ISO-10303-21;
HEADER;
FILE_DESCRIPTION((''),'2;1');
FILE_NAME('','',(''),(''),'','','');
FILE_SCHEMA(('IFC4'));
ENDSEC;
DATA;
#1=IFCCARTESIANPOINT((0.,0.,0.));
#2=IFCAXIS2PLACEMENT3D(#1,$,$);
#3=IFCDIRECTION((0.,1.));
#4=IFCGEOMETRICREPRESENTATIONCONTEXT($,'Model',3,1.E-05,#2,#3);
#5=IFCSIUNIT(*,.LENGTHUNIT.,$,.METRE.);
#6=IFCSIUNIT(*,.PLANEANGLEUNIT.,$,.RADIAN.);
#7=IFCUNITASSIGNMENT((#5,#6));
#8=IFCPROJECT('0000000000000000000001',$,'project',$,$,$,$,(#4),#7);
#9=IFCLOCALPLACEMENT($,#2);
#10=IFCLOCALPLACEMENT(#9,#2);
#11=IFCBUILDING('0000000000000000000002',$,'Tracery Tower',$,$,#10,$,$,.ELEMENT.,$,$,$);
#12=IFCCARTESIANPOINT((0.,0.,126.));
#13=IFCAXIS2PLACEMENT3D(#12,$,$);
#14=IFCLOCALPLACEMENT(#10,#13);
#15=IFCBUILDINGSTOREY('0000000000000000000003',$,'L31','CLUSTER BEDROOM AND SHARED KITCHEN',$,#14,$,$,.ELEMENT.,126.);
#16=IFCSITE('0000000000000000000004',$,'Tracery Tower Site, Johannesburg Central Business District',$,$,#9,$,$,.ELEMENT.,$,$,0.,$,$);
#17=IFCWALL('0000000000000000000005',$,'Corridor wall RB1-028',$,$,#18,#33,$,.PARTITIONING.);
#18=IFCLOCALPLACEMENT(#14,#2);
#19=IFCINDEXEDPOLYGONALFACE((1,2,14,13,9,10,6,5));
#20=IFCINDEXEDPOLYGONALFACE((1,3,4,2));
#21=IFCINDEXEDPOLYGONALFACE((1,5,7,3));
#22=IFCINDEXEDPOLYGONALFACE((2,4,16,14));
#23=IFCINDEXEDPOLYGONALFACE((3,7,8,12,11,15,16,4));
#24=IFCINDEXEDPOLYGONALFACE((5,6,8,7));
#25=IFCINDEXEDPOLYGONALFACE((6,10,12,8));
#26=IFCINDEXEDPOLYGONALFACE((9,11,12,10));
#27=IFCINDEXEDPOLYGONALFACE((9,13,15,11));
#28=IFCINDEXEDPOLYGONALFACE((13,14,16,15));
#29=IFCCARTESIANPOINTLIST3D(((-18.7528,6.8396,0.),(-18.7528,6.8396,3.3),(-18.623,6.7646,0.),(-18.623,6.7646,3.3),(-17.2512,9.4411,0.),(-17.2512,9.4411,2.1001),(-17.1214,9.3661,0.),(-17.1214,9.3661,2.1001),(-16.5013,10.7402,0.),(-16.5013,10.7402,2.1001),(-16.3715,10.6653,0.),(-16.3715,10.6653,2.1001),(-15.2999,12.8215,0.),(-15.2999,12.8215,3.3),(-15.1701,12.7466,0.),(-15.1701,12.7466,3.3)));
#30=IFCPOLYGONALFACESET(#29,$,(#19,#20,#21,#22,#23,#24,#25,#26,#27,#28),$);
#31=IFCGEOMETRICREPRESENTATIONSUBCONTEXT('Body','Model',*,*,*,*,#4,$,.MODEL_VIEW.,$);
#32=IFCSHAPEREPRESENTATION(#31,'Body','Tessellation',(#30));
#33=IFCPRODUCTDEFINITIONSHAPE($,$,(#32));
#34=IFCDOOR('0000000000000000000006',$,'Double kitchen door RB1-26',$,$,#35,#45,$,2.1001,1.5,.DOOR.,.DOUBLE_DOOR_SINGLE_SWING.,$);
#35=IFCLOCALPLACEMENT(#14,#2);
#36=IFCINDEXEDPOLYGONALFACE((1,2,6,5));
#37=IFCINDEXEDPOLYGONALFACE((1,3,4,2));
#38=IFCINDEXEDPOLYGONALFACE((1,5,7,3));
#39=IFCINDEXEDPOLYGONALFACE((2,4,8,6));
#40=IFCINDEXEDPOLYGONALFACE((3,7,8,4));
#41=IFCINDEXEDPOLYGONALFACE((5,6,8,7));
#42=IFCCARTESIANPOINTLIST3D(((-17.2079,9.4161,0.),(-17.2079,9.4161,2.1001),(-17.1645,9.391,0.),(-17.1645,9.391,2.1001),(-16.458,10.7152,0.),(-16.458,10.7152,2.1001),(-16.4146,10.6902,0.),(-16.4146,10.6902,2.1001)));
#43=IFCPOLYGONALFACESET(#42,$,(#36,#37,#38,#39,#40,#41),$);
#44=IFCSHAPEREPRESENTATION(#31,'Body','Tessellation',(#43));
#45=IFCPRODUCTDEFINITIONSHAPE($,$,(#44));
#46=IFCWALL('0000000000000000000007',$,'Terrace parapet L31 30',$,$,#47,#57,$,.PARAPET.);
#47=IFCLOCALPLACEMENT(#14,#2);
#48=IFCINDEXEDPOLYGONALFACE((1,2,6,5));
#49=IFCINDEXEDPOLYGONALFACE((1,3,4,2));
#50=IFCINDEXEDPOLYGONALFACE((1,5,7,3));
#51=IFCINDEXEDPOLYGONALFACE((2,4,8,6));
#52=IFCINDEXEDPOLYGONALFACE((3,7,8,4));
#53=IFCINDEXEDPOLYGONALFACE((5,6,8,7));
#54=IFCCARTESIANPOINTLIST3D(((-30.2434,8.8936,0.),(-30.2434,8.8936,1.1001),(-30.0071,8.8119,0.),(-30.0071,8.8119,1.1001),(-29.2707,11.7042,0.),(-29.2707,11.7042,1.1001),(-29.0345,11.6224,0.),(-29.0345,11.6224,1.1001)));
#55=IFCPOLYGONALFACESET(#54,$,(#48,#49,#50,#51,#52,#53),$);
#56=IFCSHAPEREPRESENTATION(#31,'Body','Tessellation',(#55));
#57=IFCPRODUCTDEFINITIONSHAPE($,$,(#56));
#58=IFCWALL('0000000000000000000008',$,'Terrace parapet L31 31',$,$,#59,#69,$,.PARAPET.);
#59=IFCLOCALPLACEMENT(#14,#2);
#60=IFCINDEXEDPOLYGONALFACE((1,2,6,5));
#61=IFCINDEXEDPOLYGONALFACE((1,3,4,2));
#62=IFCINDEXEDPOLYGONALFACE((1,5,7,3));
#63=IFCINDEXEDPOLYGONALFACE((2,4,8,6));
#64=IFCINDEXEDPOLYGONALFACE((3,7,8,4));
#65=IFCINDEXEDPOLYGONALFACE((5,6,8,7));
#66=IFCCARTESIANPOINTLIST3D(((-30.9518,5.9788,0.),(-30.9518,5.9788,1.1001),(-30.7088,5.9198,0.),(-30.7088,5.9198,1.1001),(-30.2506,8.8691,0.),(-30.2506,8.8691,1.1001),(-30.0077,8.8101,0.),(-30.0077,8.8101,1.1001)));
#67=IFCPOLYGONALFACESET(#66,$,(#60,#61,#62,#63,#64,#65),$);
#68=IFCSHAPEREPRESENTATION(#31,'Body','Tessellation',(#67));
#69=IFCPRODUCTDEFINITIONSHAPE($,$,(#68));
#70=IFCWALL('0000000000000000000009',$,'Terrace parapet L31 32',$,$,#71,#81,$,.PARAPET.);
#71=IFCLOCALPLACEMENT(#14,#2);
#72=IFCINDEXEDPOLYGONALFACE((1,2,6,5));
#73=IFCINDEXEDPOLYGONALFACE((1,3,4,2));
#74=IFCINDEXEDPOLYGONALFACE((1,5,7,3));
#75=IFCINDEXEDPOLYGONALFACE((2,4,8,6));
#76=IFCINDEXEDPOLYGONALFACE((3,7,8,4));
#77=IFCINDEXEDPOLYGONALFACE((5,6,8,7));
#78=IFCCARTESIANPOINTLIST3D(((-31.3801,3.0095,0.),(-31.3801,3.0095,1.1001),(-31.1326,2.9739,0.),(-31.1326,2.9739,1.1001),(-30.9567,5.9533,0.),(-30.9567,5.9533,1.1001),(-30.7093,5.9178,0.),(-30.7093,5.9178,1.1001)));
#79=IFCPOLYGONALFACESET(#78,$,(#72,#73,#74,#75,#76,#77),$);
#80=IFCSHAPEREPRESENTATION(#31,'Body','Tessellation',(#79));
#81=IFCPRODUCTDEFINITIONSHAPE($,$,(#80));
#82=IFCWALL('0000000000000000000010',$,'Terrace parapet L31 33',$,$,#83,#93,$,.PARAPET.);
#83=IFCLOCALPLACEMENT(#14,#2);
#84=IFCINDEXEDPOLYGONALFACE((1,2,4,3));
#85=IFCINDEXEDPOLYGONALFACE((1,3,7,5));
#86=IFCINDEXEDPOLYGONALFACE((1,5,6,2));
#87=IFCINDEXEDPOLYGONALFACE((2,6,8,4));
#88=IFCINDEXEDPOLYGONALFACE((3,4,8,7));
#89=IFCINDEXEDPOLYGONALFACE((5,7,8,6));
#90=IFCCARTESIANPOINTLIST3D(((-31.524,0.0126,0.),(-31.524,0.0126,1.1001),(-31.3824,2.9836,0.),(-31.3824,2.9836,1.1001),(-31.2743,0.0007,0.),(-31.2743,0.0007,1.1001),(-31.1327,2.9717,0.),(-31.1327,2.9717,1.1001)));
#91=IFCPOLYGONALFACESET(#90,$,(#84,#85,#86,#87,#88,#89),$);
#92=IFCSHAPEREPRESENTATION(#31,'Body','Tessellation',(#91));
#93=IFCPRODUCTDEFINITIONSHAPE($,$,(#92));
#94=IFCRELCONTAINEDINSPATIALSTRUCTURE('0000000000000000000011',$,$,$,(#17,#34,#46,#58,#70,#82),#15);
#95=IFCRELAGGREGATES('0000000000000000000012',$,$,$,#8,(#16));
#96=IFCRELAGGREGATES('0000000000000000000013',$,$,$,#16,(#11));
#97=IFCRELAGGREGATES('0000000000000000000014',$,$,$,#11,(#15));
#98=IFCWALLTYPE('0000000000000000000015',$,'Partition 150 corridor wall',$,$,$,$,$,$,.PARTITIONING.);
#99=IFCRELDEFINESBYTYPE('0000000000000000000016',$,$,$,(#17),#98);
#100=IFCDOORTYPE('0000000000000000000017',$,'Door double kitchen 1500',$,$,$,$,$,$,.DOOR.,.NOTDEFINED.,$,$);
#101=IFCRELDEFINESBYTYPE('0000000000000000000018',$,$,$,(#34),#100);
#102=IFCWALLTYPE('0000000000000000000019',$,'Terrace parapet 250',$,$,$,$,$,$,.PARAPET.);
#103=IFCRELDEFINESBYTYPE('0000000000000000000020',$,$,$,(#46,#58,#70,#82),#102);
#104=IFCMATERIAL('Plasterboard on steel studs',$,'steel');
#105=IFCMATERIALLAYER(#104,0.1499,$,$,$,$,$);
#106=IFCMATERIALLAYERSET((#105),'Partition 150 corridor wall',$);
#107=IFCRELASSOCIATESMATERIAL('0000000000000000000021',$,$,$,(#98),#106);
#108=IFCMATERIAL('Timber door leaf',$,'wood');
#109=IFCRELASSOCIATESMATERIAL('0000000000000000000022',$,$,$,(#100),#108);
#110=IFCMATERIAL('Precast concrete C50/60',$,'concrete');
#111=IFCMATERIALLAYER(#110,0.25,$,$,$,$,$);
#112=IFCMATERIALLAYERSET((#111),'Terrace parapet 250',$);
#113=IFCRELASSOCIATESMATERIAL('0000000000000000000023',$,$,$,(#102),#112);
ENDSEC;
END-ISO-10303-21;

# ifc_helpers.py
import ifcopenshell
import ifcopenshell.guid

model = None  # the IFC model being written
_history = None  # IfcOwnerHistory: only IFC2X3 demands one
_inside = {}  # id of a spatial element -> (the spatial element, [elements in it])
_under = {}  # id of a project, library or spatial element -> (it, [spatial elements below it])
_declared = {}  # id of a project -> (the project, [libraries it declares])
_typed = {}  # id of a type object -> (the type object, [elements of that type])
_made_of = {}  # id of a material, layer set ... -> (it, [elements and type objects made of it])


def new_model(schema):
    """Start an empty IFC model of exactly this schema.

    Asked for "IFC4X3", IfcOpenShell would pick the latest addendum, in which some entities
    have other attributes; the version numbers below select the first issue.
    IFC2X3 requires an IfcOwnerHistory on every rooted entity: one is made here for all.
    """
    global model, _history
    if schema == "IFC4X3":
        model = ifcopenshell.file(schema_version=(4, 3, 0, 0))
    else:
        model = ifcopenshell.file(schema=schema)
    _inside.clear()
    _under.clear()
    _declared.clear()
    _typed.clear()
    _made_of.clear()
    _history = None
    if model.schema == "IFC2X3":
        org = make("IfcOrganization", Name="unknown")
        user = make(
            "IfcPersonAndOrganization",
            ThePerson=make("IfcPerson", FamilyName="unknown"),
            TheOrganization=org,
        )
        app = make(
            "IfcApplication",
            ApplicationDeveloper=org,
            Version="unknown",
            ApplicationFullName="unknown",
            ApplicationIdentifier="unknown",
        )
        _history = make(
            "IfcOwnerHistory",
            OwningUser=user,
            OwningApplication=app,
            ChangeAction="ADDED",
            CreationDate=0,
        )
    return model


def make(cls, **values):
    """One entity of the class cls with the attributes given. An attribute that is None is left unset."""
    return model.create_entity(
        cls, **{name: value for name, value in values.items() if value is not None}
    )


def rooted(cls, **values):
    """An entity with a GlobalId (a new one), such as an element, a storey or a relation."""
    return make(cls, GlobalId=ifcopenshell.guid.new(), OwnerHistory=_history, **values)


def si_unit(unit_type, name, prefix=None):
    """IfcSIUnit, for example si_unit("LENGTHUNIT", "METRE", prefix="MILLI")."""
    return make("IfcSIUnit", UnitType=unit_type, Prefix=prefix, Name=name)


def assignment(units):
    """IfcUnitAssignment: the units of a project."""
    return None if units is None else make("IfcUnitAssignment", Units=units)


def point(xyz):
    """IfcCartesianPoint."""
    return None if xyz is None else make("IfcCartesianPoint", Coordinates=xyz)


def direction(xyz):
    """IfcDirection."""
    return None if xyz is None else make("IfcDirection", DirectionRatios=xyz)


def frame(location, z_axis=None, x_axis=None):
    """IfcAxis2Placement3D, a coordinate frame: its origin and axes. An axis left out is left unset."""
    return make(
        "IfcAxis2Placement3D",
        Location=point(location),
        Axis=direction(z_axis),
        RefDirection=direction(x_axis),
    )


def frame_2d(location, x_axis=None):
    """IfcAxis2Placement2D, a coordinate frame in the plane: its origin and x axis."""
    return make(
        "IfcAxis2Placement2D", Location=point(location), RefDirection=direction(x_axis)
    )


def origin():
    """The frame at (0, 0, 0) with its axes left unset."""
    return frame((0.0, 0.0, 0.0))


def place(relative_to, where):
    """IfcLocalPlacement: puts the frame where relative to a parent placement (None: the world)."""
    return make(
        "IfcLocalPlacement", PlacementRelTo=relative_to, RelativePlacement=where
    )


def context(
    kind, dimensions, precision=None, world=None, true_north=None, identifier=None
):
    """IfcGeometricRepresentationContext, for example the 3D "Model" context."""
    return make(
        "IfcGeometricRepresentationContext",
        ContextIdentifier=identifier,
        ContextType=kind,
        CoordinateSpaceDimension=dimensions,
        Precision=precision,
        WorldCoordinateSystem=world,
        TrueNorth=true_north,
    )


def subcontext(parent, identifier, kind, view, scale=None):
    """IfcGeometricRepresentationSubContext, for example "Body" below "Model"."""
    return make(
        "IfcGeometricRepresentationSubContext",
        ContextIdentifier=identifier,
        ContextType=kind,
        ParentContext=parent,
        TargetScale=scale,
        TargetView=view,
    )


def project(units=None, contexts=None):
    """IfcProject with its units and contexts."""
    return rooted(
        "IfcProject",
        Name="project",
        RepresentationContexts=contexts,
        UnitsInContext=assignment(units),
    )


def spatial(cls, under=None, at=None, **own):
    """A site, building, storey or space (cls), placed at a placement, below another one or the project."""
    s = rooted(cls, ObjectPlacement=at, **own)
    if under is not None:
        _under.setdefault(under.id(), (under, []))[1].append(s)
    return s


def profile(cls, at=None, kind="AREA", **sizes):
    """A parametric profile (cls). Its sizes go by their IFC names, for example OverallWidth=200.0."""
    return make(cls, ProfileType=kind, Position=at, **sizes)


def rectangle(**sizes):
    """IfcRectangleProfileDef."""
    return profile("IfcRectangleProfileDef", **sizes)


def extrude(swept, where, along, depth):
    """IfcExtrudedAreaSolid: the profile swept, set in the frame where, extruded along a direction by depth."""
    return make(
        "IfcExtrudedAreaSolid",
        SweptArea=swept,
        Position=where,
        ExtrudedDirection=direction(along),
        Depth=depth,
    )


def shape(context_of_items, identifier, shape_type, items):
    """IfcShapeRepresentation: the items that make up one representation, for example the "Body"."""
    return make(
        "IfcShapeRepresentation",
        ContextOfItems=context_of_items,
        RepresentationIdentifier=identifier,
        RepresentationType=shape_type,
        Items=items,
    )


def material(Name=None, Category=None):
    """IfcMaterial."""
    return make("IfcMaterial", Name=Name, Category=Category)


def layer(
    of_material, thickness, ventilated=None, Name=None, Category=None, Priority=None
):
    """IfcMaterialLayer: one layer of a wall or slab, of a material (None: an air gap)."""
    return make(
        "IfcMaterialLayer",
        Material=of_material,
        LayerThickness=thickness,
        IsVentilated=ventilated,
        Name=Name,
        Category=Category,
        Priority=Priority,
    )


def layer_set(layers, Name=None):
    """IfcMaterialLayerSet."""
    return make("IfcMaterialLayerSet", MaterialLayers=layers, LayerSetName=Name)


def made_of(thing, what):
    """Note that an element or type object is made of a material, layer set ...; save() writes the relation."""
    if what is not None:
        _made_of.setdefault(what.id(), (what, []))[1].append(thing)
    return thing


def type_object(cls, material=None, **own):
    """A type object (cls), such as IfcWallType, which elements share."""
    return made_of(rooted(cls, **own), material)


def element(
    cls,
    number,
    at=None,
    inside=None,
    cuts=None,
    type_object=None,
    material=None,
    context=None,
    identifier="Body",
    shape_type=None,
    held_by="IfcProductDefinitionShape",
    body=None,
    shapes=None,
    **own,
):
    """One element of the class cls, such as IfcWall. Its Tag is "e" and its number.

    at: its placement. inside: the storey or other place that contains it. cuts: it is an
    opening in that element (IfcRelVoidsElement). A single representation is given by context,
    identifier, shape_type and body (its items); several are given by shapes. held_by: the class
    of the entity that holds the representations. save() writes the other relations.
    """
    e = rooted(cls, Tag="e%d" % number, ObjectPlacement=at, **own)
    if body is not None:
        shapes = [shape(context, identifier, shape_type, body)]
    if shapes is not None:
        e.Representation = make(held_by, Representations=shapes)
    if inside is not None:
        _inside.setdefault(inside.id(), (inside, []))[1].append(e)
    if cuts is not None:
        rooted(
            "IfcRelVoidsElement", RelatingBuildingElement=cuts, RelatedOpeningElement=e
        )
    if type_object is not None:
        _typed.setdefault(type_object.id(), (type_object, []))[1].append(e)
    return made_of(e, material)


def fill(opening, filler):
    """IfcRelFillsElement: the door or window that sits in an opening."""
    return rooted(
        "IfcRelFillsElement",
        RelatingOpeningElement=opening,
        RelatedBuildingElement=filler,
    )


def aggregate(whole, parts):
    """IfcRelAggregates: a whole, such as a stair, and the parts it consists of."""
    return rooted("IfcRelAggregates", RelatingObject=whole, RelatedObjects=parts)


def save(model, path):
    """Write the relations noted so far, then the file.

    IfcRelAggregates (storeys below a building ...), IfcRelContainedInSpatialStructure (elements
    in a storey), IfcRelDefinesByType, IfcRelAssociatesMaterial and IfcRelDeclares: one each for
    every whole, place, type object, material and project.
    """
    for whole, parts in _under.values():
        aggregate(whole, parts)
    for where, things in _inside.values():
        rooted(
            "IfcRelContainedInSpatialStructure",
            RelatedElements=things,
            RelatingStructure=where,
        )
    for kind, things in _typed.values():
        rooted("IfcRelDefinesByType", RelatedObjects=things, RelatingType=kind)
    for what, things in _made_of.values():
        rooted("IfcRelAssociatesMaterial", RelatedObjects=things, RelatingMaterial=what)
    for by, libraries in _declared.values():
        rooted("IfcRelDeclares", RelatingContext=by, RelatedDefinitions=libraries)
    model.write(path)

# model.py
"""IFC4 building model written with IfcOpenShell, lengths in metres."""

from ifc_helpers import new_model, si_unit, direction, frame, frame_2d, origin, place, context, subcontext, project, spatial, rectangle, extrude, material, layer, layer_set, type_object, element, fill, save


model = new_model("IFC4")

# Units and contexts
model_context = context("Model", 3, precision=1e-05, world=origin(), true_north=direction((0.0, 1.0)))
body_context = subcontext(model_context, "Body", "Model", "MODEL_VIEW")
ifc_project = project(units=[si_unit("LENGTHUNIT", "METRE"), si_unit("PLANEANGLEUNIT", "RADIAN")], contexts=[model_context])

# Site, building, storey
site_placement = place(None, origin())
site = spatial("IfcSite", under=ifc_project, at=site_placement, Name="Tracery Tower Site, Johannesburg Central Business District", CompositionType="ELEMENT", RefElevation=0.0)
building_placement = place(site_placement, origin())
building = spatial("IfcBuilding", under=site, at=building_placement, Name="Tracery Tower", CompositionType="ELEMENT")
storey_placement = place(building_placement, frame((0.0, 0.0, 126.0)))
storey = spatial("IfcBuildingStorey", under=building, at=storey_placement, Name="L31", Description="CLUSTER BEDROOM AND SHARED KITCHEN", CompositionType="ELEMENT", Elevation=126.0)

# Shared definitions
ifc_material_1 = material(Name="Plasterboard on steel studs", Category="steel")
ifc_layer_1 = layer(ifc_material_1, 0.1499)
ifc_layer_set_1 = layer_set([ifc_layer_1], Name="Partition 150 corridor wall")
wall_type_1 = type_object("IfcWallType", Name="Partition 150 corridor wall", PredefinedType="PARTITIONING", material=ifc_layer_set_1)

# Wall, opening, door
wall_1_placement = place(storey_placement, frame((-18.688, 6.802, 0.0), z_axis=(0.0, 0.0, 1.0), x_axis=(0.499914, 0.866075, 0.0)))
wall_1 = element("IfcWall", 1, at=wall_1_placement, inside=storey, type_object=wall_type_1, Name="Corridor wall RB1-028", PredefinedType="PARTITIONING", context=body_context, shape_type="SweptSolid", body=[
    extrude(rectangle(XDim=6.907, YDim=0.1499, at=frame_2d((3.4536, 0.0))), origin(), (0.0, 0.0, 1.0), 3.3),
])
opening_1_placement = place(wall_1_placement, frame((3.0039, 0.0, 0.0)))
opening_1 = element("IfcOpeningElement", 2, at=opening_1_placement, cuts=wall_1, PredefinedType="OPENING", context=body_context, shape_type="SweptSolid", body=[
    extrude(rectangle(XDim=1.5, YDim=2.1001, at=frame_2d((0.75, 1.05))), frame((0.0, 0.075, 0.0), z_axis=(0.0, -1.0, 0.0), x_axis=(1.0, 0.0, 0.0)), (0.0, 0.0, 1.0), 0.1499),
])
ifc_material_2 = material(Name="Timber door leaf", Category="wood")
door_type_1 = type_object("IfcDoorType", Name="Door double kitchen 1500", OperationType="NOTDEFINED", PredefinedType="DOOR", material=ifc_material_2)
door_1_placement = place(opening_1_placement, origin())
door_1 = element("IfcDoor", 3, at=door_1_placement, inside=storey, type_object=door_type_1, Name="Double kitchen door RB1-26", OperationType="DOUBLE_DOOR_SINGLE_SWING", OverallHeight=2.1001, OverallWidth=1.5, PredefinedType="DOOR", context=body_context, shape_type="SweptSolid", body=[
    extrude(rectangle(XDim=1.5, YDim=2.1001, at=frame_2d((0.75, 1.05))), frame((0.0, 0.0249, 0.0), z_axis=(0.0, -1.0, 0.0), x_axis=(1.0, 0.0, 0.0)), (0.0, 0.0, 1.0), 0.05),
])
fill(opening_1, door_1)

# Walls
ifc_material_3 = material(Name="Precast concrete C50/60", Category="concrete")
ifc_layer_2 = layer(ifc_material_3, 0.25)
ifc_layer_set_2 = layer_set([ifc_layer_2], Name="Terrace parapet 250")
wall_type_2 = type_object("IfcWallType", Name="Terrace parapet 250", PredefinedType="PARAPET", material=ifc_layer_set_2)
for number, where, z_axis, x_axis, name in (
    (4, (-29.1526, 11.6633, 0.0), (0.0, 0.0, 1.0), (-0.327043, -0.945009, 0.0), "Terrace parapet L31 30"),
    (5, (-30.1292, 8.8396, 0.0), (0.0, 0.0, 1.0), (-0.23575, -0.971814, 0.0), "Terrace parapet L31 31"),
    (6, (-30.833, 5.9355, 0.0), (0.0, 0.0, 1.0), (-0.142341, -0.989818, 0.0), "Terrace parapet L31 32"),
):
    element("IfcWall", number, at=place(storey_placement, frame(where, z_axis=z_axis, x_axis=x_axis)), inside=storey, type_object=wall_type_2, Name=name, PredefinedType="PARAPET", context=body_context, shape_type="SweptSolid", body=[
        extrude(rectangle(XDim=2.9741, YDim=0.25, at=frame_2d((1.4871, 0.0))), origin(), (0.0, 0.0, 1.0), 1.1001),
    ])
wall_2_placement = place(storey_placement, frame((-31.2576, 2.9778, 0.0), z_axis=(0.0, 0.0, 1.0), x_axis=(-0.047608, -0.998866, 0.0)))
element("IfcWall", 7, at=wall_2_placement, inside=storey, type_object=wall_type_2, Name="Terrace parapet L31 33", PredefinedType="PARAPET", context=body_context, shape_type="SweptSolid", body=[
    extrude(rectangle(XDim=2.9744, YDim=0.25, at=frame_2d((1.4873, 0.0))), origin(), (0.0, 0.0, 1.0), 1.1001),
])

save(model, "model.ifc")
